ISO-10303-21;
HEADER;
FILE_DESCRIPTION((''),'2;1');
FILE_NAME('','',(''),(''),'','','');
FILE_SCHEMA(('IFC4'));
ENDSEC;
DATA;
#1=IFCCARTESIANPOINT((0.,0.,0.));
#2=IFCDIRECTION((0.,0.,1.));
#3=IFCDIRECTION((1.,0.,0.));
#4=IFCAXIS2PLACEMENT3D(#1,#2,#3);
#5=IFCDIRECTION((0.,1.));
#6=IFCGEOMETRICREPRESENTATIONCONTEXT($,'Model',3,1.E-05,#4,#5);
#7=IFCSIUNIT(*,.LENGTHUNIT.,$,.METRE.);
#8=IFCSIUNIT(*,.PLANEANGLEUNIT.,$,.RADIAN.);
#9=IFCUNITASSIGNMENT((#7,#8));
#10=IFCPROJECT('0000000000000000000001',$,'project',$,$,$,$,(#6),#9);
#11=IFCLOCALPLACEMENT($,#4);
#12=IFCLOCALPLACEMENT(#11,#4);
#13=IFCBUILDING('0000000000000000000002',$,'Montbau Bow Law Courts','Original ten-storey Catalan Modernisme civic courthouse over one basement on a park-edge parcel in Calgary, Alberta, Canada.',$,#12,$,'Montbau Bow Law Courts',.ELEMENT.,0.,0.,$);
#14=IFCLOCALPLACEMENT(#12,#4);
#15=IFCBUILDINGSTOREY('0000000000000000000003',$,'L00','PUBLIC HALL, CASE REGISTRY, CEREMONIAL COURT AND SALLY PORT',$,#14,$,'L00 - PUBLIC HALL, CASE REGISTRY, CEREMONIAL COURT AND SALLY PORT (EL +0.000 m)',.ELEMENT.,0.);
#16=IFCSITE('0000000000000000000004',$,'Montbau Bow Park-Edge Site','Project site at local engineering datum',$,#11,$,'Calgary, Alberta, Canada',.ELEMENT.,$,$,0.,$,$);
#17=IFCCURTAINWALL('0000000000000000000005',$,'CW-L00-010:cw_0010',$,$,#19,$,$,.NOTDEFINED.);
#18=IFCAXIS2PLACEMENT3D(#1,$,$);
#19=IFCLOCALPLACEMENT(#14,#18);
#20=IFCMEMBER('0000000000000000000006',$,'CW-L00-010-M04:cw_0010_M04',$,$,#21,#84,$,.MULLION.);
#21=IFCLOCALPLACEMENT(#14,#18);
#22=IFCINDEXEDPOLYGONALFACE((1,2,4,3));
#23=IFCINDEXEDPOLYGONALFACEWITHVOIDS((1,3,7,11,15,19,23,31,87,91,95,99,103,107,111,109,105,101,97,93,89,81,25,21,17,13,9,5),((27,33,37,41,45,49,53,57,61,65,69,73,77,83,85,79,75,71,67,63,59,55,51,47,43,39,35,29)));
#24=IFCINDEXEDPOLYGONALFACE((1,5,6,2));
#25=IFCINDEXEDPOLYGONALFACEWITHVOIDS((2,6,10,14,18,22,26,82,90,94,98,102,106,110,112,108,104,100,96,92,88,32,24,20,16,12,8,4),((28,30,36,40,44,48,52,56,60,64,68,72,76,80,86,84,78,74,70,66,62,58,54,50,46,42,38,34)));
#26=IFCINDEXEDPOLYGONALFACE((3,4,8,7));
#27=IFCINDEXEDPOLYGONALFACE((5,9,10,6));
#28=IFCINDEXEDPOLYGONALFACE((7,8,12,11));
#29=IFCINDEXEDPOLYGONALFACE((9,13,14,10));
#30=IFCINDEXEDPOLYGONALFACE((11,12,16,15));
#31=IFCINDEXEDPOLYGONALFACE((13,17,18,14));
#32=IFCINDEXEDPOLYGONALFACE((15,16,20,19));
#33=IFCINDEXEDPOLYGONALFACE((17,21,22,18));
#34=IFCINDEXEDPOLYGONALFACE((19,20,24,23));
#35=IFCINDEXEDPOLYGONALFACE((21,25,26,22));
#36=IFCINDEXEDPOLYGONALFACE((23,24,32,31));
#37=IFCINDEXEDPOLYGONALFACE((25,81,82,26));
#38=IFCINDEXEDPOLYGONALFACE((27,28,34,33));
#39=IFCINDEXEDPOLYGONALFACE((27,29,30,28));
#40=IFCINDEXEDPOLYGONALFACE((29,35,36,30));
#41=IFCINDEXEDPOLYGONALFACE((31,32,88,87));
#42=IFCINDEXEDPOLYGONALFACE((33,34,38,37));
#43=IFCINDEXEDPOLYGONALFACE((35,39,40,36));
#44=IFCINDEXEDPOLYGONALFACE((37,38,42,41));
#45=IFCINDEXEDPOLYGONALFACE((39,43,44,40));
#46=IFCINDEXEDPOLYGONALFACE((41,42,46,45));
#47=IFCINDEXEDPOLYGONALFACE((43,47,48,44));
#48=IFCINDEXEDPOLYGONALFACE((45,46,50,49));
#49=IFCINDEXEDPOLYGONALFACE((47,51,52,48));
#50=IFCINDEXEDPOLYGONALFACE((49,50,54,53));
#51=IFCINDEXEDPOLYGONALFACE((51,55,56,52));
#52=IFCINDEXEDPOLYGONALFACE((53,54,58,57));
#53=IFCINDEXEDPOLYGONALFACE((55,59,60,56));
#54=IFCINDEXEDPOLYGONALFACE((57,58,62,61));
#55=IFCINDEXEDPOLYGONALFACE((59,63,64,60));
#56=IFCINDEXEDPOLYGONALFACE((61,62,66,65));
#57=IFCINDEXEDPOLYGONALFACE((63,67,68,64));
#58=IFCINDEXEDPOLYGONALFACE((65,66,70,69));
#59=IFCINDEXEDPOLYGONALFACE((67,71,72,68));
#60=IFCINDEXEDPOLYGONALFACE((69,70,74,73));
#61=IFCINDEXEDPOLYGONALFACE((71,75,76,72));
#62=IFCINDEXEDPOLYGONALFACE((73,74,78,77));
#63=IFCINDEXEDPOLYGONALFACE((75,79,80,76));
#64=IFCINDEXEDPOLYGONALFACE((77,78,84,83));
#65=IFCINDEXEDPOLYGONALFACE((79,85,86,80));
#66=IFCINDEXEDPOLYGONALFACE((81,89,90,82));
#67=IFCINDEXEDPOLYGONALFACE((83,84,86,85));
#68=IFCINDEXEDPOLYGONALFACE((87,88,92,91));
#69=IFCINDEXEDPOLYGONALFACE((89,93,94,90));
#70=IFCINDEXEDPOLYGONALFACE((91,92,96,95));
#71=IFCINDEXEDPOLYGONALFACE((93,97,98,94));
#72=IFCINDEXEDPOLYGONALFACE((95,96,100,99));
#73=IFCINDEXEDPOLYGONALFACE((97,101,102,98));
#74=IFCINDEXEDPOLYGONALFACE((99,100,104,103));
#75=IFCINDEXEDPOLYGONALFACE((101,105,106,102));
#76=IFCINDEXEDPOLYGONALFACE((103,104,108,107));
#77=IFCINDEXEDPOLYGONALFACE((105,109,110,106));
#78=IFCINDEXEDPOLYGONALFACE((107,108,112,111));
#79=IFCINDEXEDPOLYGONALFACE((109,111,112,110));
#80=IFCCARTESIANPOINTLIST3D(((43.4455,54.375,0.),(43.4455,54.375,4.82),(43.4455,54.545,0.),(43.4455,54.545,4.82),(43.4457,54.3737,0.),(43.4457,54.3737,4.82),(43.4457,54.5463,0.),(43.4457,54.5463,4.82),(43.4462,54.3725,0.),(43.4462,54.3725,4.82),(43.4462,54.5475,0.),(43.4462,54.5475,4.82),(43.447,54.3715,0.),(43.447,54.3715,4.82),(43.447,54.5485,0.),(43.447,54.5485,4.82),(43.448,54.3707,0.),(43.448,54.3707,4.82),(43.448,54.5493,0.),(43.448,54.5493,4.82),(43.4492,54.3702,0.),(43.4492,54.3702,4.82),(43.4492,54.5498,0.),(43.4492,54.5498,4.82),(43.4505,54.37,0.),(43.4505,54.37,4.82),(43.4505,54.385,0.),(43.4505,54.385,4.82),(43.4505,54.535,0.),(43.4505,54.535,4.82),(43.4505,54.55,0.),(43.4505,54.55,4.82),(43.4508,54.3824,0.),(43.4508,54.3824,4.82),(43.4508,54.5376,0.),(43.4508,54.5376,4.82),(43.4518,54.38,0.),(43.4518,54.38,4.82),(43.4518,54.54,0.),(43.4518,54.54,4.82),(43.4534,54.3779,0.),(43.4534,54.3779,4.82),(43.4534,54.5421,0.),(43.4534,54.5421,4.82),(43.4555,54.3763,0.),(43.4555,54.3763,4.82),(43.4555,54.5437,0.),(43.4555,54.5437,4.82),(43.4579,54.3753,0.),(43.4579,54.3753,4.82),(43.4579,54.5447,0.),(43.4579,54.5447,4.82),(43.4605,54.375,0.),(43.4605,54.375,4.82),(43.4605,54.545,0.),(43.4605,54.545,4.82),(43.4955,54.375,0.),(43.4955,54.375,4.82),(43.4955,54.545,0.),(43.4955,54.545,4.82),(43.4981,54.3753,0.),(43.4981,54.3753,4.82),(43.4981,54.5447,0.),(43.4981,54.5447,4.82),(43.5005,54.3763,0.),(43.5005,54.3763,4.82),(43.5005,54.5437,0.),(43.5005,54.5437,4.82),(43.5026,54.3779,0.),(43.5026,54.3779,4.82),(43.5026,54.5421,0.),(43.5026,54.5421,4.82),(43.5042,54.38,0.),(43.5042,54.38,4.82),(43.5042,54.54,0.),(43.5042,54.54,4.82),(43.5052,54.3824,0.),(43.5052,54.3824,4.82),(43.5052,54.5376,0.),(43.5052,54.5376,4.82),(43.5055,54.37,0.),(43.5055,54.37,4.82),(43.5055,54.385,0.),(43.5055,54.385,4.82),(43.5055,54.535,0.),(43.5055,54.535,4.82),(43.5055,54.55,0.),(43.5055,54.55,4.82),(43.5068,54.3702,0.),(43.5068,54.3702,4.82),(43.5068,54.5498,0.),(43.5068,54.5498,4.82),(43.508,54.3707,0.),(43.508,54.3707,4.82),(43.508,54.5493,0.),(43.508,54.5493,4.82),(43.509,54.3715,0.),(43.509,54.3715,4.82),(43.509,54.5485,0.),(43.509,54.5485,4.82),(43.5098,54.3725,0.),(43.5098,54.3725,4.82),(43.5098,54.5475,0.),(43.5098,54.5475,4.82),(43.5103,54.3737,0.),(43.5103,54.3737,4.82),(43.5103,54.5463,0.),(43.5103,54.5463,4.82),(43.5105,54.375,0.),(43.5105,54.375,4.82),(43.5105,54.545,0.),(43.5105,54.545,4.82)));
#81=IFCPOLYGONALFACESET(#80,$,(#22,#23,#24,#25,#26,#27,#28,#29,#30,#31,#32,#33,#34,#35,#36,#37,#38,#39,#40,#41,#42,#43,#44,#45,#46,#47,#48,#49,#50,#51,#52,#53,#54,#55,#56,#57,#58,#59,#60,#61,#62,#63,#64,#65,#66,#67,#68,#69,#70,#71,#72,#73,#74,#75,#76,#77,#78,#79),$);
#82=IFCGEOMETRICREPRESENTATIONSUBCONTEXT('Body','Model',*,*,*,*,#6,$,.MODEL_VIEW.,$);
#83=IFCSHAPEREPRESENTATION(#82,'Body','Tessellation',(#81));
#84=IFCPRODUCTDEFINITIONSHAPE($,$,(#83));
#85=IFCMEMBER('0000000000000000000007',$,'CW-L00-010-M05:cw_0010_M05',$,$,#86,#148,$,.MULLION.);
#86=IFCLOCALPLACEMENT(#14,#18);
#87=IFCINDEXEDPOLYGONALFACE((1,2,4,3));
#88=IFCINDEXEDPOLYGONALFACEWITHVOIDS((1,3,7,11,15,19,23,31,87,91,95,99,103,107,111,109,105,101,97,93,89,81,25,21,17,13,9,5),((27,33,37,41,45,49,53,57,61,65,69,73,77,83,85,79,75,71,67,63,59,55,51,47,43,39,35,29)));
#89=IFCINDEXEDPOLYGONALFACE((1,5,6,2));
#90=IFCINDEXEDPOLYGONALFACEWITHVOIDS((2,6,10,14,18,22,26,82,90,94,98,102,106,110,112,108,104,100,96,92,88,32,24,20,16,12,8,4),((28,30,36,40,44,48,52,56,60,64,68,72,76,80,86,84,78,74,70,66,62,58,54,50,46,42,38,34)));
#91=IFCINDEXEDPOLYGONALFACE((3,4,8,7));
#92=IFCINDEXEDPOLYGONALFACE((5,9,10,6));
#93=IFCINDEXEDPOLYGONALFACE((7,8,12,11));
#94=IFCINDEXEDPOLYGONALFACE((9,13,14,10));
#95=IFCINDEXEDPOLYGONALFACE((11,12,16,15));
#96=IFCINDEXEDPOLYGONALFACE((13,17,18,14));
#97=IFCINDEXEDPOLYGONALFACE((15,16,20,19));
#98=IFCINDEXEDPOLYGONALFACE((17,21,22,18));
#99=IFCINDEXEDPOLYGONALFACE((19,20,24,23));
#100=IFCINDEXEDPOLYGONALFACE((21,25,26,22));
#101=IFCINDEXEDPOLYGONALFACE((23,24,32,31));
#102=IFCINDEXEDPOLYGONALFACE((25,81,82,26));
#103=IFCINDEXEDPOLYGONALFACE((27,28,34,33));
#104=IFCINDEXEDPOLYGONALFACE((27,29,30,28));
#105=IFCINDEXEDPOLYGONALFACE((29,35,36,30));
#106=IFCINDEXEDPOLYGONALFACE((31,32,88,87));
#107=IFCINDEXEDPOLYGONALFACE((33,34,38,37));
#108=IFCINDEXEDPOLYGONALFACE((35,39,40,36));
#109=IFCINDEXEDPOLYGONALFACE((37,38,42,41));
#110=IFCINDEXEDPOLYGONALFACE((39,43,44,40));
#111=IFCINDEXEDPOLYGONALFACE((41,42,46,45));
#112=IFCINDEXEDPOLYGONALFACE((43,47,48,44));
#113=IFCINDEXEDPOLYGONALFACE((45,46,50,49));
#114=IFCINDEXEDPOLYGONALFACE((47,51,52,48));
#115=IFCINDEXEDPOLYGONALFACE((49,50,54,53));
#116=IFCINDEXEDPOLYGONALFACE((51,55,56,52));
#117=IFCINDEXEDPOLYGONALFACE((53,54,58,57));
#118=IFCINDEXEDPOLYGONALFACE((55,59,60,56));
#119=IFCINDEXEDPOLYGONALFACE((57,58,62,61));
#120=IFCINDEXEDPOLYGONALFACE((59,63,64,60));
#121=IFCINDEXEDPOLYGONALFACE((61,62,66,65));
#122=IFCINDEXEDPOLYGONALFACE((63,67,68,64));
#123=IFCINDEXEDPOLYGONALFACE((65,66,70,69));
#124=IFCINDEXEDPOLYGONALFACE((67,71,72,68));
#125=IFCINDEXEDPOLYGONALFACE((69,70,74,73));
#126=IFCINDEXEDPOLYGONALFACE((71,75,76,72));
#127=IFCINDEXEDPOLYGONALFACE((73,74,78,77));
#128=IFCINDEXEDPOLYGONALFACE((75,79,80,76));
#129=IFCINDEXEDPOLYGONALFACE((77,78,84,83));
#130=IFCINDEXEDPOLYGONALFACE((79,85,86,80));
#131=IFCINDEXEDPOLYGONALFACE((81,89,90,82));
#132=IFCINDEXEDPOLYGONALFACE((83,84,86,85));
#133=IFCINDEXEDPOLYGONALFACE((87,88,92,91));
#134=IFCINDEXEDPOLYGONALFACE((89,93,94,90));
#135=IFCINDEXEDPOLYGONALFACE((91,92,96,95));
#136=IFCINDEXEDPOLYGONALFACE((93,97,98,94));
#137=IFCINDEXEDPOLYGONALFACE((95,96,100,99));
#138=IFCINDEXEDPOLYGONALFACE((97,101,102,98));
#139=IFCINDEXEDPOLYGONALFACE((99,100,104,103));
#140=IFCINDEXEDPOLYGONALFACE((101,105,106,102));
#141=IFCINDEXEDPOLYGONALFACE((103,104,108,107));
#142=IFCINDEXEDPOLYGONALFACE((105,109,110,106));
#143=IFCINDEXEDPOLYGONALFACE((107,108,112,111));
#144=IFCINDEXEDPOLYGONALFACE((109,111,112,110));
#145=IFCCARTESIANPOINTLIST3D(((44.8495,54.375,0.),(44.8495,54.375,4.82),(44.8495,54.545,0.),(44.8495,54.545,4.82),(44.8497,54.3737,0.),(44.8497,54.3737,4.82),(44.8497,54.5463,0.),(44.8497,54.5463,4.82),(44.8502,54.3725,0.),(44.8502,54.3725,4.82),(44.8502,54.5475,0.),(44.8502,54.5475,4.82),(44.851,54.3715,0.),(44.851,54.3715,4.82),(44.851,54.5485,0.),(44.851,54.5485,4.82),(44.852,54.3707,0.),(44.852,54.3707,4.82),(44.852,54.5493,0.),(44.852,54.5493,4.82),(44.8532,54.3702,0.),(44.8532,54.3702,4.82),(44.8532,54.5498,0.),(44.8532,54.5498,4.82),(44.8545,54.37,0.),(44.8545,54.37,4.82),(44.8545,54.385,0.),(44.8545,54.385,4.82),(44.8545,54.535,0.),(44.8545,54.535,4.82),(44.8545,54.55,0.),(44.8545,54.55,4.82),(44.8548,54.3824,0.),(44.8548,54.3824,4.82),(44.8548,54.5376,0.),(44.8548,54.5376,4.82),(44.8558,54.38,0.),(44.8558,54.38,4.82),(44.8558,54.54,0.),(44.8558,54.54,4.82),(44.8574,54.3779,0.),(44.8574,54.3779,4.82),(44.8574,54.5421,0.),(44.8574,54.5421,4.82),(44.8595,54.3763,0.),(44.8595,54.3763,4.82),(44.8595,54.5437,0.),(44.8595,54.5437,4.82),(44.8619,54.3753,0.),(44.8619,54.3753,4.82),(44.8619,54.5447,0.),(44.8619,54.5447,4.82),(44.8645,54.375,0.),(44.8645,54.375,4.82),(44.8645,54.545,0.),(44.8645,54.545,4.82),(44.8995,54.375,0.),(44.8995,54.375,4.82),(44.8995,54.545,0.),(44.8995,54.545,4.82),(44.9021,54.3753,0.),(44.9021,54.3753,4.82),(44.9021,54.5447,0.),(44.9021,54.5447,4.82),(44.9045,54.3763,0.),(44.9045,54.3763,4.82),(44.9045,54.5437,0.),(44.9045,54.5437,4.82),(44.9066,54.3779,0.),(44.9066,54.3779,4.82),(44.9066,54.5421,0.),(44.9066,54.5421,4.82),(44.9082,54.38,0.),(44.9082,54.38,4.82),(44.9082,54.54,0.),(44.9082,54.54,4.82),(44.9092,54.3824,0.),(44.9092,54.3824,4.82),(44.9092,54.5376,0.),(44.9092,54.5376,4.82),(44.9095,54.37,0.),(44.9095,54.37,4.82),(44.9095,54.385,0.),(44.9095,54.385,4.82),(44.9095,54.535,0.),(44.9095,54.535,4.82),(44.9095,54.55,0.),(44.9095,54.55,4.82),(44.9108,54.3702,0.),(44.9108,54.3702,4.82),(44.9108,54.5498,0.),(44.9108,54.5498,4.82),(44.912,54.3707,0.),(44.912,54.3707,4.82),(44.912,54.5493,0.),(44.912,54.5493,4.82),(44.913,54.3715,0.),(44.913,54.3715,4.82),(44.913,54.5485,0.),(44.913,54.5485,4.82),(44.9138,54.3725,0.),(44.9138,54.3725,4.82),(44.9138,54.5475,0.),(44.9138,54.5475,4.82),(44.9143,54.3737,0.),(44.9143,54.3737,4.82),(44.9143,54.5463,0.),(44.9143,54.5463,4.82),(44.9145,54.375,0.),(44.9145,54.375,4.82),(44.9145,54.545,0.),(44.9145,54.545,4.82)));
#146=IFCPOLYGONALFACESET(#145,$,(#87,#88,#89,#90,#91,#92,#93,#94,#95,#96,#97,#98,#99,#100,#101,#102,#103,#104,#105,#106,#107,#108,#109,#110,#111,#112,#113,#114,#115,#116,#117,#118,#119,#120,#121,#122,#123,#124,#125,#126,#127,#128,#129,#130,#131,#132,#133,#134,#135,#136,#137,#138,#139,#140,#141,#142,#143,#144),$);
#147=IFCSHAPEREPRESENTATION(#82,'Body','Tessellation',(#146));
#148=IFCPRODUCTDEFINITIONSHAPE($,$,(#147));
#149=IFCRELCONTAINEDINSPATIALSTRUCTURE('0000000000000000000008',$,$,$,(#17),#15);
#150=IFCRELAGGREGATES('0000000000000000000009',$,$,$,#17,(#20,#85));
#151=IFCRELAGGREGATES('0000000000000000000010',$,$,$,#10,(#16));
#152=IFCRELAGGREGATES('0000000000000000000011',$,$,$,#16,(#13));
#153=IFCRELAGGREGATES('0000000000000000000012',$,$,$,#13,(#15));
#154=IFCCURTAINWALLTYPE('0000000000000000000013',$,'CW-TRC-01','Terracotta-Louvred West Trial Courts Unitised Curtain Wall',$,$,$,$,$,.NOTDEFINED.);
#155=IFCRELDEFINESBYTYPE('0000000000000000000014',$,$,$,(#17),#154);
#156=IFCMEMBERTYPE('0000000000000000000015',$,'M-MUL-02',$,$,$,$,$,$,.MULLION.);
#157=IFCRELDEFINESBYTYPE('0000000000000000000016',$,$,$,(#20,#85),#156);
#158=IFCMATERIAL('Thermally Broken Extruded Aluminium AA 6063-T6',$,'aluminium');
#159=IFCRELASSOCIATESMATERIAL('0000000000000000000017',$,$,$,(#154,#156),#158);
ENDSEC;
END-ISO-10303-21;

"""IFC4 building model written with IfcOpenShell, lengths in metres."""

from ifc_helpers import new_model, si_unit, direction, frame, origin_with_axes, origin_2d_with_axis, place, context, subcontext, project, spatial, hollow_rectangle, extrude, material, material_profile, profile_set, type_object, element, aggregate, save


model = new_model("IFC4")

# Units and contexts
model_context = context("Model", 3, precision=1e-05, world=origin_with_axes(), true_north=direction((0.0, 1.0)))
body_context = subcontext(model_context, "Body", "Model", "MODEL_VIEW")
ifc_project = project(units=[si_unit("LENGTHUNIT", "METRE"), si_unit("PLANEANGLEUNIT", "RADIAN")], contexts=[model_context])

# Site, building, storey
site_placement = place(None, origin_with_axes())
site = spatial("IfcSite", under=ifc_project, at=site_placement, Name="Montbau Bow Park-Edge Site", Description="Project site at local engineering datum", LongName="Calgary, Alberta, Canada", CompositionType="ELEMENT", RefElevation=0.0)
building_placement = place(site_placement, origin_with_axes())
building = spatial("IfcBuilding", under=site, at=building_placement, Name="Montbau Bow Law Courts", Description="Original ten-storey Catalan Modernisme civic courthouse over one basement on a park-edge parcel in Calgary, Alberta, Canada.", LongName="Montbau Bow Law Courts", CompositionType="ELEMENT", ElevationOfRefHeight=0.0, ElevationOfTerrain=0.0)
storey_placement = place(building_placement, origin_with_axes())
storey = spatial("IfcBuildingStorey", under=building, at=storey_placement, Name="L00", Description="PUBLIC HALL, CASE REGISTRY, CEREMONIAL COURT AND SALLY PORT", LongName="L00 - PUBLIC HALL, CASE REGISTRY, CEREMONIAL COURT AND SALLY PORT (EL +0.000 m)", CompositionType="ELEMENT", Elevation=0.0)

# Curtain wall, members
ifc_material_1 = material(Name="Thermally Broken Extruded Aluminium AA 6063-T6", Category="aluminium")
curtain_wall_type_1 = type_object("IfcCurtainWallType", Name="CW-TRC-01", Description="Terracotta-Louvred West Trial Courts Unitised Curtain Wall", PredefinedType="NOTDEFINED", material=ifc_material_1)
curtain_wall_1_placement = place(None, frame((39.268, 54.46, 0.0), z_axis=(0.0, 0.0, 1.0), x_axis=(1.0, 0.0, 0.0)))
curtain_wall_1 = element("IfcCurtainWall", 1, at=curtain_wall_1_placement, inside=storey, type_object=curtain_wall_type_1, Name="CW-L00-010:cw_0010", PredefinedType="NOTDEFINED")
ifc_material_profile_1 = material_profile(ifc_material_1, hollow_rectangle(XDim=0.065, YDim=0.18, WallThickness=0.005, InnerFilletRadius=0.01, OuterFilletRadius=0.005, at=origin_2d_with_axis()), Name="CWM-180X65", Category="Main", Priority=0)
ifc_profile_set_1 = profile_set([ifc_material_profile_1], Name="Thermally Broken Extruded Aluminium AA 6063-T6")
member_type_1 = type_object("IfcMemberType", Name="M-MUL-02", PredefinedType="MULLION", material=ifc_profile_set_1)
member_1_placement = place(None, frame((43.478, 54.46, 0.0), z_axis=(0.0, 0.0, 1.0), x_axis=(1.0, 0.0, 0.0)))
member_1 = element("IfcMember", 2, at=member_1_placement, type_object=member_type_1, Name="CW-L00-010-M04:cw_0010_M04", PredefinedType="MULLION", context=body_context, shape_type="SweptSolid", body=[
    extrude(hollow_rectangle(XDim=0.065, YDim=0.18, WallThickness=0.005, InnerFilletRadius=0.01, OuterFilletRadius=0.005, at=origin_2d_with_axis()), origin_with_axes(), (0.0, 0.0, 1.0), 4.82),
])
member_2_placement = place(None, frame((44.882, 54.46, 0.0), z_axis=(0.0, 0.0, 1.0), x_axis=(1.0, 0.0, 0.0)))
member_2 = element("IfcMember", 3, at=member_2_placement, type_object=member_type_1, Name="CW-L00-010-M05:cw_0010_M05", PredefinedType="MULLION", context=body_context, shape_type="SweptSolid", body=[
    extrude(hollow_rectangle(XDim=0.065, YDim=0.18, WallThickness=0.005, InnerFilletRadius=0.01, OuterFilletRadius=0.005, at=origin_2d_with_axis()), origin_with_axes(), (0.0, 0.0, 1.0), 4.82),
])

aggregate(curtain_wall_1, [member_1, member_2])

save(model, "model.ifc")
